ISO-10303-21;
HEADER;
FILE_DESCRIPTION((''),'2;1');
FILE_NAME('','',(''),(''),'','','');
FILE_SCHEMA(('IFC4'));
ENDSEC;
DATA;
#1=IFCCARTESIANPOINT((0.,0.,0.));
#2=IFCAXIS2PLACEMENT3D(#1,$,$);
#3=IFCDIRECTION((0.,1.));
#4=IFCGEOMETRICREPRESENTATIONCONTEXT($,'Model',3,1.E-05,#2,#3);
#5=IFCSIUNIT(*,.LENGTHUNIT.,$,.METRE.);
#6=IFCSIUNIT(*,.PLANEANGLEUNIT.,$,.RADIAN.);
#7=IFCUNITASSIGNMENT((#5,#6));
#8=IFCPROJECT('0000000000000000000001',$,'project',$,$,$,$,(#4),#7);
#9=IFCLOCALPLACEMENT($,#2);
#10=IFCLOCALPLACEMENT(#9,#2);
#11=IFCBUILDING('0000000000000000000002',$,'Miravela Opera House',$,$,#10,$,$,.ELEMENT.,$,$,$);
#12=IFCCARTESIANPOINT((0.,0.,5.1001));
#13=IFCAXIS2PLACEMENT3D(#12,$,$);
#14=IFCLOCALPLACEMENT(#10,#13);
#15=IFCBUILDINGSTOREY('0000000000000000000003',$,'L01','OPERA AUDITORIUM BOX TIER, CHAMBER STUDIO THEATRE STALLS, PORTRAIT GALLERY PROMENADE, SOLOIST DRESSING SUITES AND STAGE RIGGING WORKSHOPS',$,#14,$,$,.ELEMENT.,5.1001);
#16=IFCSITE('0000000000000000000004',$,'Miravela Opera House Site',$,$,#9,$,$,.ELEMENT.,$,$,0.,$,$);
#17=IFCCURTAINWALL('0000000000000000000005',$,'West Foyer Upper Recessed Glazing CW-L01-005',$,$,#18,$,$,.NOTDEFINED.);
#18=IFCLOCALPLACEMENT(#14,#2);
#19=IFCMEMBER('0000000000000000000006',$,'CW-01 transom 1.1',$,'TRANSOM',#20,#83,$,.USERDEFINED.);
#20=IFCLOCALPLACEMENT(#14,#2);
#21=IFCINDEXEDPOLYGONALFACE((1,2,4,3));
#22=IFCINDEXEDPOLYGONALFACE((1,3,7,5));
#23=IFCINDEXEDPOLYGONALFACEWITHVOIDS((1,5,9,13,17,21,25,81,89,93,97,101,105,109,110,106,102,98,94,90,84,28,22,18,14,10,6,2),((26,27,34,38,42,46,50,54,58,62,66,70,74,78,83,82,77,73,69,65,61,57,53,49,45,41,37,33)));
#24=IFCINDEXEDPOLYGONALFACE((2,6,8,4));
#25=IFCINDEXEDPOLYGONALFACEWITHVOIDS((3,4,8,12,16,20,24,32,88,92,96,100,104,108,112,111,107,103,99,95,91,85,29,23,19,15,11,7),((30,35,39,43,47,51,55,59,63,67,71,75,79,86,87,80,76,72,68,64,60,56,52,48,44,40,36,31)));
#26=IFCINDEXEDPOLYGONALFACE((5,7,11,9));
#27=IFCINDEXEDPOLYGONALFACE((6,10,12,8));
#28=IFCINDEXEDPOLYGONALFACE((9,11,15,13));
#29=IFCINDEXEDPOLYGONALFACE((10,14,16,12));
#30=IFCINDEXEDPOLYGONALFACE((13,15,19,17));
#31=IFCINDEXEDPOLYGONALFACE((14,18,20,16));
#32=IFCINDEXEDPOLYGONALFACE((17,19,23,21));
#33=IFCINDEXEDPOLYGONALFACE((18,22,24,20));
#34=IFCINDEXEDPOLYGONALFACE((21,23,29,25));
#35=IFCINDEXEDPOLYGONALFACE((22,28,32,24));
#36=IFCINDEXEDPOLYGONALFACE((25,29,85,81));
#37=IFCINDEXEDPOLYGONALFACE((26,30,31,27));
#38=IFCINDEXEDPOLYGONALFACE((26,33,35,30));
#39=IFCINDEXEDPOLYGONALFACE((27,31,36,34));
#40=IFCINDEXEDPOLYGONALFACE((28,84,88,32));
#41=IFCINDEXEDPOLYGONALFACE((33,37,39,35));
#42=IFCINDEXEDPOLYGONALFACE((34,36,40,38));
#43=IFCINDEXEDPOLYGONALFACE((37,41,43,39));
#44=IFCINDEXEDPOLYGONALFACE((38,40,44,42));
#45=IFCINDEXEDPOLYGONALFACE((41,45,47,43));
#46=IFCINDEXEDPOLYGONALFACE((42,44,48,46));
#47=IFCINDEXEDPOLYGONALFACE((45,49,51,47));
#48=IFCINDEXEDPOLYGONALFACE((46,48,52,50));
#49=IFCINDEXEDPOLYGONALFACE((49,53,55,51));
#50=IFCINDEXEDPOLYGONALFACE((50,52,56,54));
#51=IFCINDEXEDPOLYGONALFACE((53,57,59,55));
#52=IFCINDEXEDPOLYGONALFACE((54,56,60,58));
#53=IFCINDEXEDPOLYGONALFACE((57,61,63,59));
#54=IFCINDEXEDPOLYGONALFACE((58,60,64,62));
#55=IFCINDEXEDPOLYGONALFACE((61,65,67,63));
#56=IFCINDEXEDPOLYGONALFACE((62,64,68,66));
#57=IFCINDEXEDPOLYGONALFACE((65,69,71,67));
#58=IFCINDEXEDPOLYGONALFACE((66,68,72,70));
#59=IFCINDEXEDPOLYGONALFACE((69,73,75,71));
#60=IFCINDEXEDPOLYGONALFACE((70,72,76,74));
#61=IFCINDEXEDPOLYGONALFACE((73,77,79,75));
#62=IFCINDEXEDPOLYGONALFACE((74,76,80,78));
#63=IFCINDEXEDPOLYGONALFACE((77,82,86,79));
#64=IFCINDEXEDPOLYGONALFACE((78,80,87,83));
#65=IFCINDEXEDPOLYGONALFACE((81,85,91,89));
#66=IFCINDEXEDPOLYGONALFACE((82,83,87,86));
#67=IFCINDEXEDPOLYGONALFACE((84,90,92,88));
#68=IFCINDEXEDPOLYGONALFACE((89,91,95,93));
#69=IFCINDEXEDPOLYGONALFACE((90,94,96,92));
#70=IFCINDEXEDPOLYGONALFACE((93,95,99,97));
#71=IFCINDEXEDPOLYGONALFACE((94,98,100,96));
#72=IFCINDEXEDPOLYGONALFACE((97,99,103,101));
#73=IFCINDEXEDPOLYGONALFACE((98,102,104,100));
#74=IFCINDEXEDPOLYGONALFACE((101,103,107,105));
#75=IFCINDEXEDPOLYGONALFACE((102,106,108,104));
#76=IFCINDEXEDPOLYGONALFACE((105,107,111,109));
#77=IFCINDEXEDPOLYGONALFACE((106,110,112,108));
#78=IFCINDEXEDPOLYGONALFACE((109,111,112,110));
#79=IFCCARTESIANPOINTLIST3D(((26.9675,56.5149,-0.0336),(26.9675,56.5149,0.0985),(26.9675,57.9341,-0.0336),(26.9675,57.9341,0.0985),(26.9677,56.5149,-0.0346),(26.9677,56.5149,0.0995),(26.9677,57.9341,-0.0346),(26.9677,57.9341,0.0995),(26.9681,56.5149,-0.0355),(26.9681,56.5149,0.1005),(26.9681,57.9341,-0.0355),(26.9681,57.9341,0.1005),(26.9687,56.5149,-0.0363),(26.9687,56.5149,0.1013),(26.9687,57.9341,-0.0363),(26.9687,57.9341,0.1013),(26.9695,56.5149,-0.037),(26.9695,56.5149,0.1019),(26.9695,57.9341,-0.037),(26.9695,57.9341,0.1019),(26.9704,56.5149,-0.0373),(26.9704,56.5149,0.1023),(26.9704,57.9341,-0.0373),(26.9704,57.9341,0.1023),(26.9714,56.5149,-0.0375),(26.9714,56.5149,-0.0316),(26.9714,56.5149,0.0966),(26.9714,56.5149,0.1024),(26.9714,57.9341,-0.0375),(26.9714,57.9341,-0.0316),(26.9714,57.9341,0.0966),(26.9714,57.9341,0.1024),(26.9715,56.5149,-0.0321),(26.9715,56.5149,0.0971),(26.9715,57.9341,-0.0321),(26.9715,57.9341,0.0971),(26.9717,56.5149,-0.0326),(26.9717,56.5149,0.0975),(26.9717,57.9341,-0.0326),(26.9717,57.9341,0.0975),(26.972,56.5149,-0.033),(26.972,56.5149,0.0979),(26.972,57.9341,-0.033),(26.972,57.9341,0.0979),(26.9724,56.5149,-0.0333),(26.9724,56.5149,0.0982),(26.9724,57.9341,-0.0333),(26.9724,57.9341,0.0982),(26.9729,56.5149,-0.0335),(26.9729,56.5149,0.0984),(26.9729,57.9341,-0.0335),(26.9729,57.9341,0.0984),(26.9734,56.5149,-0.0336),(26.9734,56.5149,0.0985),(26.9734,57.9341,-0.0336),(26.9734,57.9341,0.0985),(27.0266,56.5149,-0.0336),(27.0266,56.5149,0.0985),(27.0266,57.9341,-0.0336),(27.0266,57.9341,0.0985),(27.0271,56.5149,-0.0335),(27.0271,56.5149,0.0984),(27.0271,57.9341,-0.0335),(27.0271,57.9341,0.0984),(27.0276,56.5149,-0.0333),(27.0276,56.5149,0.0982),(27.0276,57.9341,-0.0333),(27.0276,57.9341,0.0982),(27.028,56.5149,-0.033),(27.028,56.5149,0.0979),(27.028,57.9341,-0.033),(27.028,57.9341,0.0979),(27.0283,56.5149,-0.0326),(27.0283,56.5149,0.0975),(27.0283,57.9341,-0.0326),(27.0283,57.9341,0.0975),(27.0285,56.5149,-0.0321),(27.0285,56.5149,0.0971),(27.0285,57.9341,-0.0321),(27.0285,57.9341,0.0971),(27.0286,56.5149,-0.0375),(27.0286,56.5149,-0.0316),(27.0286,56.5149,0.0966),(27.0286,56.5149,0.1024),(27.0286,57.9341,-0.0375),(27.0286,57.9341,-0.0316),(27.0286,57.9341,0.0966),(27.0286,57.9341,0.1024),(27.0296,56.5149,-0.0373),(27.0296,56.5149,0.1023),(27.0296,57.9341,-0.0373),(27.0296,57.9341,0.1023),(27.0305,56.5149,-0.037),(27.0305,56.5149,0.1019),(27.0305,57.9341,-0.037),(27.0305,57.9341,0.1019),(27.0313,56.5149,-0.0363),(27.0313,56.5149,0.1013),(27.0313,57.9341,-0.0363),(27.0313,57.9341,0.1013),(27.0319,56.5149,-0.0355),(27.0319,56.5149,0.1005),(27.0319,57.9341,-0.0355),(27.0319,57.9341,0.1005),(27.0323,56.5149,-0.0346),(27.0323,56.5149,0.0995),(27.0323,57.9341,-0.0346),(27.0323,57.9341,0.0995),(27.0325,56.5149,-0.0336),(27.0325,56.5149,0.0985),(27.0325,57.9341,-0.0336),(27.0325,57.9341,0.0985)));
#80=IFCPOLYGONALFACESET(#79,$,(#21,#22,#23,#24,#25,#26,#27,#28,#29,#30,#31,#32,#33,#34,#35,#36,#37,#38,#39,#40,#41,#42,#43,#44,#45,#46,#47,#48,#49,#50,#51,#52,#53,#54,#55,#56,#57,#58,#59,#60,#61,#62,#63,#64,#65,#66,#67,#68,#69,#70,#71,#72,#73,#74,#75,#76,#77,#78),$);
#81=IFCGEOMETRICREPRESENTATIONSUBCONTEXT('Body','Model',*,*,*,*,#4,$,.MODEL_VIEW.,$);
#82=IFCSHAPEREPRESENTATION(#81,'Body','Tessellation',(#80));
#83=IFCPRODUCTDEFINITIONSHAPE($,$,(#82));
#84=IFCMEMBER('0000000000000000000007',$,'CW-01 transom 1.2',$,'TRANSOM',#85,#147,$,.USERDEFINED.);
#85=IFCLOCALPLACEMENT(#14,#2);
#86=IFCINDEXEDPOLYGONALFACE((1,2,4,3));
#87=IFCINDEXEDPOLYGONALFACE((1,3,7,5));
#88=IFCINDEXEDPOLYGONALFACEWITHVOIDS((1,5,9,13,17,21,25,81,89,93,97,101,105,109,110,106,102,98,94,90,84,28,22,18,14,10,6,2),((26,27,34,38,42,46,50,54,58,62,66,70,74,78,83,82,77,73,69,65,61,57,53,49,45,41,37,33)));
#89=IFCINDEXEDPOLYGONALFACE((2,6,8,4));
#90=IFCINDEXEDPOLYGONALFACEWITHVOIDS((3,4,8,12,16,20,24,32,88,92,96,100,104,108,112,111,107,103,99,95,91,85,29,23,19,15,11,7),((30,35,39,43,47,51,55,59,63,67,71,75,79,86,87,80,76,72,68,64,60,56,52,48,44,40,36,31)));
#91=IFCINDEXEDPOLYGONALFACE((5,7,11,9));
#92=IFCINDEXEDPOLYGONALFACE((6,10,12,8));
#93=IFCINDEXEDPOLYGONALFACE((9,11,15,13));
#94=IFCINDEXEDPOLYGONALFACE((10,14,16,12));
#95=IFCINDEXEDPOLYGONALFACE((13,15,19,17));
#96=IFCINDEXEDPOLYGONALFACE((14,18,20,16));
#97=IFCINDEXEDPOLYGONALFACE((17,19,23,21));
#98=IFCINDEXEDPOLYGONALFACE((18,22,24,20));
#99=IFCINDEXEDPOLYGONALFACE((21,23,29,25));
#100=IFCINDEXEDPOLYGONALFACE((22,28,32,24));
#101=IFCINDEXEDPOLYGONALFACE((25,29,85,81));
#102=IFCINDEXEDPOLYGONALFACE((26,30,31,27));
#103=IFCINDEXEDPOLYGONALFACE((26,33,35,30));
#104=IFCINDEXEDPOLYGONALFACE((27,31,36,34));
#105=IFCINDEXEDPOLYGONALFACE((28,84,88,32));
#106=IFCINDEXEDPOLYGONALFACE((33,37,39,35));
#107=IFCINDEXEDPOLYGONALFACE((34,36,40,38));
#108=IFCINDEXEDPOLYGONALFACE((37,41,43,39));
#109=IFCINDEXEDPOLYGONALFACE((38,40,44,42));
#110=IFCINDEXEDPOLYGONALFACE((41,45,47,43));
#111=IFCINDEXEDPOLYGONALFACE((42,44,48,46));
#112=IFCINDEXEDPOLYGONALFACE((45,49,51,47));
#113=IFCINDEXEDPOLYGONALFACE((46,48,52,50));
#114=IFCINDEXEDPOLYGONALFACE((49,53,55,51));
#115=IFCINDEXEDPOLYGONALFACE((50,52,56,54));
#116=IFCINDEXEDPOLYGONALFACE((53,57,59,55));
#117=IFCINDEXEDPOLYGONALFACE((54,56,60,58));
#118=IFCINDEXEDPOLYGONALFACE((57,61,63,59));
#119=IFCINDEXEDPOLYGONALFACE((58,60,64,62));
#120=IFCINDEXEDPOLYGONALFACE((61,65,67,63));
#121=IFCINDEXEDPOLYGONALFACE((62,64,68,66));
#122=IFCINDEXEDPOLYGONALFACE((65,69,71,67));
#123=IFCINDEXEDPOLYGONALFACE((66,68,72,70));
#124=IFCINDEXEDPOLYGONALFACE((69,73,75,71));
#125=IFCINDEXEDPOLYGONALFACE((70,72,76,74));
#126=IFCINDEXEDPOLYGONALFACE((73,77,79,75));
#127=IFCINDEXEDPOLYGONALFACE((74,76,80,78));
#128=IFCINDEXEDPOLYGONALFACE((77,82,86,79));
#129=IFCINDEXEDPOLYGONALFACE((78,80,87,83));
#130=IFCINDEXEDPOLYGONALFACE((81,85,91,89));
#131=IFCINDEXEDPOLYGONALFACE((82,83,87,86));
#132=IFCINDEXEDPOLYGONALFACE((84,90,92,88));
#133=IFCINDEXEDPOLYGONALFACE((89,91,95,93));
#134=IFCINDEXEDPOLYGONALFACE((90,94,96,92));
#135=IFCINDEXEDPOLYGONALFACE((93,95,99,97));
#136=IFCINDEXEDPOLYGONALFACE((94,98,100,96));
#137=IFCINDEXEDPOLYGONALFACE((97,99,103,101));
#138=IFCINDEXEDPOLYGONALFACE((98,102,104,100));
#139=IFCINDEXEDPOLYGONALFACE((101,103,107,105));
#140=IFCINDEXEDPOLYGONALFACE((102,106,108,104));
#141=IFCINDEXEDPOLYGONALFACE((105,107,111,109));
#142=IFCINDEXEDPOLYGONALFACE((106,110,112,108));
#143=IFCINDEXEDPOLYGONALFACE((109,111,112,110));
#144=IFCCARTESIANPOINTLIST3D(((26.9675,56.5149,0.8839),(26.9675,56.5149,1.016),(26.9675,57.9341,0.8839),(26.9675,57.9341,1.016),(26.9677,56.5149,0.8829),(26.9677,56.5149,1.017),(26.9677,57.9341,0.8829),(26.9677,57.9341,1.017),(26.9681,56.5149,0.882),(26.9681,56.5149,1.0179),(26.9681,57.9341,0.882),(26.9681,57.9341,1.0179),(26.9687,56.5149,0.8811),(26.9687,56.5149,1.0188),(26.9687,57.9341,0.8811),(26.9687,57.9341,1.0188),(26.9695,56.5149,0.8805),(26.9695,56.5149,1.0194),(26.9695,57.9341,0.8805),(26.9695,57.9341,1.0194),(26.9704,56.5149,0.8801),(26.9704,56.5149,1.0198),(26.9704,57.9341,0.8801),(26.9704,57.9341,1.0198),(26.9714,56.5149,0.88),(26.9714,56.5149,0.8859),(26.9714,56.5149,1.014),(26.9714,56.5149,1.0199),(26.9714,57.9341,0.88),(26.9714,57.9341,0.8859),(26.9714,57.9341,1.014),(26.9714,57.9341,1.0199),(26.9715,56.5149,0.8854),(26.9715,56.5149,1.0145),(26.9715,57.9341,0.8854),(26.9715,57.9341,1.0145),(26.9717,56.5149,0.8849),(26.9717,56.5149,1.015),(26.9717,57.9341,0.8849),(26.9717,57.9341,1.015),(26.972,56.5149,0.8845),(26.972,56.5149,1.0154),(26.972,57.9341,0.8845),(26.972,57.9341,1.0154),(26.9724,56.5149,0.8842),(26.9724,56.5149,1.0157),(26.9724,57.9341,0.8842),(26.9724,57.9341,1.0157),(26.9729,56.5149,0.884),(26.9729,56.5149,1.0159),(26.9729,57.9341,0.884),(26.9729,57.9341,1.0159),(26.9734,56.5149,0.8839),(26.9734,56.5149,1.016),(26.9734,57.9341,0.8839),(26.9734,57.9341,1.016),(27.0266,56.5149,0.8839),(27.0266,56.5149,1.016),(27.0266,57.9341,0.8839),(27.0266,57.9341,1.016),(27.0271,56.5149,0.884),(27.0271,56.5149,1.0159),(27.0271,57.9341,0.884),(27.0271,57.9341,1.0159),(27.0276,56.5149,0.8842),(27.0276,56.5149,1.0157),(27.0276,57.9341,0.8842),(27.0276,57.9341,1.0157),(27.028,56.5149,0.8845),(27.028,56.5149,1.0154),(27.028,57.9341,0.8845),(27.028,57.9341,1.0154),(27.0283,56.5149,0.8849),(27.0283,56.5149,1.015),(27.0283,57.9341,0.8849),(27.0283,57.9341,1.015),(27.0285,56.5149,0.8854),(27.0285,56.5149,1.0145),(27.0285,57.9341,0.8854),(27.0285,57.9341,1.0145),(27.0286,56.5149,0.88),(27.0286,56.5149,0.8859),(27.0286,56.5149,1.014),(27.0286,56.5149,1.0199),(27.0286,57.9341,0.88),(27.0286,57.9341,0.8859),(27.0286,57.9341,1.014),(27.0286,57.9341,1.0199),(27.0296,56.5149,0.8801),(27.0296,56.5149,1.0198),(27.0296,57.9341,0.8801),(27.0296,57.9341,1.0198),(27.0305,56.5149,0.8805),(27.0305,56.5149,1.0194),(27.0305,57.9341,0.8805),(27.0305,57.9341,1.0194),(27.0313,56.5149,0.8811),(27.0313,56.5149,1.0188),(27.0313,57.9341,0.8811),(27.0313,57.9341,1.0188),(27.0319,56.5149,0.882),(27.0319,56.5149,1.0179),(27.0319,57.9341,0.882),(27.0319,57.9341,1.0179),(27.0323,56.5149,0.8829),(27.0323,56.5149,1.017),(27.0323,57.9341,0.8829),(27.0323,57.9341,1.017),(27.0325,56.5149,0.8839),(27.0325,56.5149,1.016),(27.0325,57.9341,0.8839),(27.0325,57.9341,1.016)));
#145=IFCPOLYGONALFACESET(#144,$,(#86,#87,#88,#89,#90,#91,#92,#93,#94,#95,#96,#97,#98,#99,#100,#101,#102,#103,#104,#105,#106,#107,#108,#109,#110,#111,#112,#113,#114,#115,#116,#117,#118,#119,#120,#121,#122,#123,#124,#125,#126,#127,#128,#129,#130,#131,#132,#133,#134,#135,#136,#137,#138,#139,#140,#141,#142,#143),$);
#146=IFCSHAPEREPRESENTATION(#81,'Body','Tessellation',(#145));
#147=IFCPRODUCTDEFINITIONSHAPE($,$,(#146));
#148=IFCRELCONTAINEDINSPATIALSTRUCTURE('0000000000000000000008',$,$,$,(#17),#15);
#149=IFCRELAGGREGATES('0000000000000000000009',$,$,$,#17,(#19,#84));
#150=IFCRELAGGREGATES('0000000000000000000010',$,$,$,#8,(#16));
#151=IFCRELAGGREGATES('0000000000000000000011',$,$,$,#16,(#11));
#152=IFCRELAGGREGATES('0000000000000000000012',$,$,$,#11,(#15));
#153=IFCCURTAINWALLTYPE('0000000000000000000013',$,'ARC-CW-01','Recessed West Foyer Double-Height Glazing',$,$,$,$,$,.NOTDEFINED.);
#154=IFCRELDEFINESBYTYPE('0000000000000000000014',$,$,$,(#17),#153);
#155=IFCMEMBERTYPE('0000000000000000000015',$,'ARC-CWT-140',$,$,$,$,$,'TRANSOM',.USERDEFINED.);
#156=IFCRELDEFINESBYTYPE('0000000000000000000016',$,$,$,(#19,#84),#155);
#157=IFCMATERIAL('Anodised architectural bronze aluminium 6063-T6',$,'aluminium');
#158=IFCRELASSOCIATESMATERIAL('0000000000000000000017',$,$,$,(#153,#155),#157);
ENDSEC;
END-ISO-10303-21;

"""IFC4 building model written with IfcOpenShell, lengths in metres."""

from ifc_helpers import new_model, si_unit, direction, frame, origin, origin_2d, place, context, subcontext, project, spatial, hollow_rectangle, extrude, material, material_profile, profile_set, type_object, element, aggregate, save


model = new_model("IFC4")

# Units and contexts
model_context = context("Model", 3, precision=1e-05, world=origin(), true_north=direction((0.0, 1.0)))
body_context = subcontext(model_context, "Body", "Model", "MODEL_VIEW")
ifc_project = project(units=[si_unit("LENGTHUNIT", "METRE"), si_unit("PLANEANGLEUNIT", "RADIAN")], contexts=[model_context])

# Site, building, storey
site_placement = place(None, origin())
site = spatial("IfcSite", under=ifc_project, at=site_placement, Name="Miravela Opera House Site", CompositionType="ELEMENT", RefElevation=0.0)
building_placement = place(site_placement, origin())
building = spatial("IfcBuilding", under=site, at=building_placement, Name="Miravela Opera House", CompositionType="ELEMENT")
storey_placement = place(building_placement, frame((0.0, 0.0, 5.1001)))
storey = spatial("IfcBuildingStorey", under=building, at=storey_placement, Name="L01", Description="OPERA AUDITORIUM BOX TIER, CHAMBER STUDIO THEATRE STALLS, PORTRAIT GALLERY PROMENADE, SOLOIST DRESSING SUITES AND STAGE RIGGING WORKSHOPS", CompositionType="ELEMENT", Elevation=5.1001)

# Shared definitions
ifc_material_1 = material(Name="Anodised architectural bronze aluminium 6063-T6", Category="aluminium")
curtain_wall_type = type_object("IfcCurtainWallType", Name="ARC-CW-01", Description="Recessed West Foyer Double-Height Glazing", PredefinedType="NOTDEFINED", material=ifc_material_1)

# Curtain wall
curtain_wall_1_placement = place(storey_placement, origin())
curtain_wall_1 = element("IfcCurtainWall", 1, at=curtain_wall_1_placement, inside=storey, type_object=curtain_wall_type, Name="West Foyer Upper Recessed Glazing CW-L01-005", PredefinedType="NOTDEFINED")

# Members
ifc_material_profile_1 = material_profile(ifc_material_1, hollow_rectangle(XDim=0.0649, YDim=0.1399, WallThickness=0.0039, InnerFilletRadius=0.002, OuterFilletRadius=0.0039, at=origin_2d()), Name="CWT-65X140")
ifc_profile_set_1 = profile_set([ifc_material_profile_1])
member_type_1 = type_object("IfcMemberType", Name="ARC-CWT-140", ElementType="TRANSOM", PredefinedType="USERDEFINED", material=ifc_profile_set_1)
member_1_placement = place(storey_placement, frame((27.0, 56.5149, 0.0325), z_axis=(0.0, 1.0, 0.0), x_axis=(-1.0, 0.0, 0.0)))
member_1 = element("IfcMember", 2, at=member_1_placement, type_object=member_type_1, Name="CW-01 transom 1.1", ObjectType="TRANSOM", PredefinedType="USERDEFINED", context=body_context, shape_type="SweptSolid", body=[
    extrude(hollow_rectangle(XDim=0.0649, YDim=0.1399, WallThickness=0.0039, InnerFilletRadius=0.002, OuterFilletRadius=0.0039, at=origin_2d()), origin(), (0.0, 0.0, 1.0), 1.4192),
])
member_2_placement = place(storey_placement, frame((27.0, 56.5149, 0.95), z_axis=(0.0, 1.0, 0.0), x_axis=(-1.0, 0.0, 0.0)))
member_2 = element("IfcMember", 3, at=member_2_placement, type_object=member_type_1, Name="CW-01 transom 1.2", ObjectType="TRANSOM", PredefinedType="USERDEFINED", context=body_context, shape_type="SweptSolid", body=[
    extrude(hollow_rectangle(XDim=0.0649, YDim=0.1399, WallThickness=0.0039, InnerFilletRadius=0.002, OuterFilletRadius=0.0039, at=origin_2d()), origin(), (0.0, 0.0, 1.0), 1.4192),
])
aggregate(curtain_wall_1, [member_1, member_2])

save(model, "model.ifc")
